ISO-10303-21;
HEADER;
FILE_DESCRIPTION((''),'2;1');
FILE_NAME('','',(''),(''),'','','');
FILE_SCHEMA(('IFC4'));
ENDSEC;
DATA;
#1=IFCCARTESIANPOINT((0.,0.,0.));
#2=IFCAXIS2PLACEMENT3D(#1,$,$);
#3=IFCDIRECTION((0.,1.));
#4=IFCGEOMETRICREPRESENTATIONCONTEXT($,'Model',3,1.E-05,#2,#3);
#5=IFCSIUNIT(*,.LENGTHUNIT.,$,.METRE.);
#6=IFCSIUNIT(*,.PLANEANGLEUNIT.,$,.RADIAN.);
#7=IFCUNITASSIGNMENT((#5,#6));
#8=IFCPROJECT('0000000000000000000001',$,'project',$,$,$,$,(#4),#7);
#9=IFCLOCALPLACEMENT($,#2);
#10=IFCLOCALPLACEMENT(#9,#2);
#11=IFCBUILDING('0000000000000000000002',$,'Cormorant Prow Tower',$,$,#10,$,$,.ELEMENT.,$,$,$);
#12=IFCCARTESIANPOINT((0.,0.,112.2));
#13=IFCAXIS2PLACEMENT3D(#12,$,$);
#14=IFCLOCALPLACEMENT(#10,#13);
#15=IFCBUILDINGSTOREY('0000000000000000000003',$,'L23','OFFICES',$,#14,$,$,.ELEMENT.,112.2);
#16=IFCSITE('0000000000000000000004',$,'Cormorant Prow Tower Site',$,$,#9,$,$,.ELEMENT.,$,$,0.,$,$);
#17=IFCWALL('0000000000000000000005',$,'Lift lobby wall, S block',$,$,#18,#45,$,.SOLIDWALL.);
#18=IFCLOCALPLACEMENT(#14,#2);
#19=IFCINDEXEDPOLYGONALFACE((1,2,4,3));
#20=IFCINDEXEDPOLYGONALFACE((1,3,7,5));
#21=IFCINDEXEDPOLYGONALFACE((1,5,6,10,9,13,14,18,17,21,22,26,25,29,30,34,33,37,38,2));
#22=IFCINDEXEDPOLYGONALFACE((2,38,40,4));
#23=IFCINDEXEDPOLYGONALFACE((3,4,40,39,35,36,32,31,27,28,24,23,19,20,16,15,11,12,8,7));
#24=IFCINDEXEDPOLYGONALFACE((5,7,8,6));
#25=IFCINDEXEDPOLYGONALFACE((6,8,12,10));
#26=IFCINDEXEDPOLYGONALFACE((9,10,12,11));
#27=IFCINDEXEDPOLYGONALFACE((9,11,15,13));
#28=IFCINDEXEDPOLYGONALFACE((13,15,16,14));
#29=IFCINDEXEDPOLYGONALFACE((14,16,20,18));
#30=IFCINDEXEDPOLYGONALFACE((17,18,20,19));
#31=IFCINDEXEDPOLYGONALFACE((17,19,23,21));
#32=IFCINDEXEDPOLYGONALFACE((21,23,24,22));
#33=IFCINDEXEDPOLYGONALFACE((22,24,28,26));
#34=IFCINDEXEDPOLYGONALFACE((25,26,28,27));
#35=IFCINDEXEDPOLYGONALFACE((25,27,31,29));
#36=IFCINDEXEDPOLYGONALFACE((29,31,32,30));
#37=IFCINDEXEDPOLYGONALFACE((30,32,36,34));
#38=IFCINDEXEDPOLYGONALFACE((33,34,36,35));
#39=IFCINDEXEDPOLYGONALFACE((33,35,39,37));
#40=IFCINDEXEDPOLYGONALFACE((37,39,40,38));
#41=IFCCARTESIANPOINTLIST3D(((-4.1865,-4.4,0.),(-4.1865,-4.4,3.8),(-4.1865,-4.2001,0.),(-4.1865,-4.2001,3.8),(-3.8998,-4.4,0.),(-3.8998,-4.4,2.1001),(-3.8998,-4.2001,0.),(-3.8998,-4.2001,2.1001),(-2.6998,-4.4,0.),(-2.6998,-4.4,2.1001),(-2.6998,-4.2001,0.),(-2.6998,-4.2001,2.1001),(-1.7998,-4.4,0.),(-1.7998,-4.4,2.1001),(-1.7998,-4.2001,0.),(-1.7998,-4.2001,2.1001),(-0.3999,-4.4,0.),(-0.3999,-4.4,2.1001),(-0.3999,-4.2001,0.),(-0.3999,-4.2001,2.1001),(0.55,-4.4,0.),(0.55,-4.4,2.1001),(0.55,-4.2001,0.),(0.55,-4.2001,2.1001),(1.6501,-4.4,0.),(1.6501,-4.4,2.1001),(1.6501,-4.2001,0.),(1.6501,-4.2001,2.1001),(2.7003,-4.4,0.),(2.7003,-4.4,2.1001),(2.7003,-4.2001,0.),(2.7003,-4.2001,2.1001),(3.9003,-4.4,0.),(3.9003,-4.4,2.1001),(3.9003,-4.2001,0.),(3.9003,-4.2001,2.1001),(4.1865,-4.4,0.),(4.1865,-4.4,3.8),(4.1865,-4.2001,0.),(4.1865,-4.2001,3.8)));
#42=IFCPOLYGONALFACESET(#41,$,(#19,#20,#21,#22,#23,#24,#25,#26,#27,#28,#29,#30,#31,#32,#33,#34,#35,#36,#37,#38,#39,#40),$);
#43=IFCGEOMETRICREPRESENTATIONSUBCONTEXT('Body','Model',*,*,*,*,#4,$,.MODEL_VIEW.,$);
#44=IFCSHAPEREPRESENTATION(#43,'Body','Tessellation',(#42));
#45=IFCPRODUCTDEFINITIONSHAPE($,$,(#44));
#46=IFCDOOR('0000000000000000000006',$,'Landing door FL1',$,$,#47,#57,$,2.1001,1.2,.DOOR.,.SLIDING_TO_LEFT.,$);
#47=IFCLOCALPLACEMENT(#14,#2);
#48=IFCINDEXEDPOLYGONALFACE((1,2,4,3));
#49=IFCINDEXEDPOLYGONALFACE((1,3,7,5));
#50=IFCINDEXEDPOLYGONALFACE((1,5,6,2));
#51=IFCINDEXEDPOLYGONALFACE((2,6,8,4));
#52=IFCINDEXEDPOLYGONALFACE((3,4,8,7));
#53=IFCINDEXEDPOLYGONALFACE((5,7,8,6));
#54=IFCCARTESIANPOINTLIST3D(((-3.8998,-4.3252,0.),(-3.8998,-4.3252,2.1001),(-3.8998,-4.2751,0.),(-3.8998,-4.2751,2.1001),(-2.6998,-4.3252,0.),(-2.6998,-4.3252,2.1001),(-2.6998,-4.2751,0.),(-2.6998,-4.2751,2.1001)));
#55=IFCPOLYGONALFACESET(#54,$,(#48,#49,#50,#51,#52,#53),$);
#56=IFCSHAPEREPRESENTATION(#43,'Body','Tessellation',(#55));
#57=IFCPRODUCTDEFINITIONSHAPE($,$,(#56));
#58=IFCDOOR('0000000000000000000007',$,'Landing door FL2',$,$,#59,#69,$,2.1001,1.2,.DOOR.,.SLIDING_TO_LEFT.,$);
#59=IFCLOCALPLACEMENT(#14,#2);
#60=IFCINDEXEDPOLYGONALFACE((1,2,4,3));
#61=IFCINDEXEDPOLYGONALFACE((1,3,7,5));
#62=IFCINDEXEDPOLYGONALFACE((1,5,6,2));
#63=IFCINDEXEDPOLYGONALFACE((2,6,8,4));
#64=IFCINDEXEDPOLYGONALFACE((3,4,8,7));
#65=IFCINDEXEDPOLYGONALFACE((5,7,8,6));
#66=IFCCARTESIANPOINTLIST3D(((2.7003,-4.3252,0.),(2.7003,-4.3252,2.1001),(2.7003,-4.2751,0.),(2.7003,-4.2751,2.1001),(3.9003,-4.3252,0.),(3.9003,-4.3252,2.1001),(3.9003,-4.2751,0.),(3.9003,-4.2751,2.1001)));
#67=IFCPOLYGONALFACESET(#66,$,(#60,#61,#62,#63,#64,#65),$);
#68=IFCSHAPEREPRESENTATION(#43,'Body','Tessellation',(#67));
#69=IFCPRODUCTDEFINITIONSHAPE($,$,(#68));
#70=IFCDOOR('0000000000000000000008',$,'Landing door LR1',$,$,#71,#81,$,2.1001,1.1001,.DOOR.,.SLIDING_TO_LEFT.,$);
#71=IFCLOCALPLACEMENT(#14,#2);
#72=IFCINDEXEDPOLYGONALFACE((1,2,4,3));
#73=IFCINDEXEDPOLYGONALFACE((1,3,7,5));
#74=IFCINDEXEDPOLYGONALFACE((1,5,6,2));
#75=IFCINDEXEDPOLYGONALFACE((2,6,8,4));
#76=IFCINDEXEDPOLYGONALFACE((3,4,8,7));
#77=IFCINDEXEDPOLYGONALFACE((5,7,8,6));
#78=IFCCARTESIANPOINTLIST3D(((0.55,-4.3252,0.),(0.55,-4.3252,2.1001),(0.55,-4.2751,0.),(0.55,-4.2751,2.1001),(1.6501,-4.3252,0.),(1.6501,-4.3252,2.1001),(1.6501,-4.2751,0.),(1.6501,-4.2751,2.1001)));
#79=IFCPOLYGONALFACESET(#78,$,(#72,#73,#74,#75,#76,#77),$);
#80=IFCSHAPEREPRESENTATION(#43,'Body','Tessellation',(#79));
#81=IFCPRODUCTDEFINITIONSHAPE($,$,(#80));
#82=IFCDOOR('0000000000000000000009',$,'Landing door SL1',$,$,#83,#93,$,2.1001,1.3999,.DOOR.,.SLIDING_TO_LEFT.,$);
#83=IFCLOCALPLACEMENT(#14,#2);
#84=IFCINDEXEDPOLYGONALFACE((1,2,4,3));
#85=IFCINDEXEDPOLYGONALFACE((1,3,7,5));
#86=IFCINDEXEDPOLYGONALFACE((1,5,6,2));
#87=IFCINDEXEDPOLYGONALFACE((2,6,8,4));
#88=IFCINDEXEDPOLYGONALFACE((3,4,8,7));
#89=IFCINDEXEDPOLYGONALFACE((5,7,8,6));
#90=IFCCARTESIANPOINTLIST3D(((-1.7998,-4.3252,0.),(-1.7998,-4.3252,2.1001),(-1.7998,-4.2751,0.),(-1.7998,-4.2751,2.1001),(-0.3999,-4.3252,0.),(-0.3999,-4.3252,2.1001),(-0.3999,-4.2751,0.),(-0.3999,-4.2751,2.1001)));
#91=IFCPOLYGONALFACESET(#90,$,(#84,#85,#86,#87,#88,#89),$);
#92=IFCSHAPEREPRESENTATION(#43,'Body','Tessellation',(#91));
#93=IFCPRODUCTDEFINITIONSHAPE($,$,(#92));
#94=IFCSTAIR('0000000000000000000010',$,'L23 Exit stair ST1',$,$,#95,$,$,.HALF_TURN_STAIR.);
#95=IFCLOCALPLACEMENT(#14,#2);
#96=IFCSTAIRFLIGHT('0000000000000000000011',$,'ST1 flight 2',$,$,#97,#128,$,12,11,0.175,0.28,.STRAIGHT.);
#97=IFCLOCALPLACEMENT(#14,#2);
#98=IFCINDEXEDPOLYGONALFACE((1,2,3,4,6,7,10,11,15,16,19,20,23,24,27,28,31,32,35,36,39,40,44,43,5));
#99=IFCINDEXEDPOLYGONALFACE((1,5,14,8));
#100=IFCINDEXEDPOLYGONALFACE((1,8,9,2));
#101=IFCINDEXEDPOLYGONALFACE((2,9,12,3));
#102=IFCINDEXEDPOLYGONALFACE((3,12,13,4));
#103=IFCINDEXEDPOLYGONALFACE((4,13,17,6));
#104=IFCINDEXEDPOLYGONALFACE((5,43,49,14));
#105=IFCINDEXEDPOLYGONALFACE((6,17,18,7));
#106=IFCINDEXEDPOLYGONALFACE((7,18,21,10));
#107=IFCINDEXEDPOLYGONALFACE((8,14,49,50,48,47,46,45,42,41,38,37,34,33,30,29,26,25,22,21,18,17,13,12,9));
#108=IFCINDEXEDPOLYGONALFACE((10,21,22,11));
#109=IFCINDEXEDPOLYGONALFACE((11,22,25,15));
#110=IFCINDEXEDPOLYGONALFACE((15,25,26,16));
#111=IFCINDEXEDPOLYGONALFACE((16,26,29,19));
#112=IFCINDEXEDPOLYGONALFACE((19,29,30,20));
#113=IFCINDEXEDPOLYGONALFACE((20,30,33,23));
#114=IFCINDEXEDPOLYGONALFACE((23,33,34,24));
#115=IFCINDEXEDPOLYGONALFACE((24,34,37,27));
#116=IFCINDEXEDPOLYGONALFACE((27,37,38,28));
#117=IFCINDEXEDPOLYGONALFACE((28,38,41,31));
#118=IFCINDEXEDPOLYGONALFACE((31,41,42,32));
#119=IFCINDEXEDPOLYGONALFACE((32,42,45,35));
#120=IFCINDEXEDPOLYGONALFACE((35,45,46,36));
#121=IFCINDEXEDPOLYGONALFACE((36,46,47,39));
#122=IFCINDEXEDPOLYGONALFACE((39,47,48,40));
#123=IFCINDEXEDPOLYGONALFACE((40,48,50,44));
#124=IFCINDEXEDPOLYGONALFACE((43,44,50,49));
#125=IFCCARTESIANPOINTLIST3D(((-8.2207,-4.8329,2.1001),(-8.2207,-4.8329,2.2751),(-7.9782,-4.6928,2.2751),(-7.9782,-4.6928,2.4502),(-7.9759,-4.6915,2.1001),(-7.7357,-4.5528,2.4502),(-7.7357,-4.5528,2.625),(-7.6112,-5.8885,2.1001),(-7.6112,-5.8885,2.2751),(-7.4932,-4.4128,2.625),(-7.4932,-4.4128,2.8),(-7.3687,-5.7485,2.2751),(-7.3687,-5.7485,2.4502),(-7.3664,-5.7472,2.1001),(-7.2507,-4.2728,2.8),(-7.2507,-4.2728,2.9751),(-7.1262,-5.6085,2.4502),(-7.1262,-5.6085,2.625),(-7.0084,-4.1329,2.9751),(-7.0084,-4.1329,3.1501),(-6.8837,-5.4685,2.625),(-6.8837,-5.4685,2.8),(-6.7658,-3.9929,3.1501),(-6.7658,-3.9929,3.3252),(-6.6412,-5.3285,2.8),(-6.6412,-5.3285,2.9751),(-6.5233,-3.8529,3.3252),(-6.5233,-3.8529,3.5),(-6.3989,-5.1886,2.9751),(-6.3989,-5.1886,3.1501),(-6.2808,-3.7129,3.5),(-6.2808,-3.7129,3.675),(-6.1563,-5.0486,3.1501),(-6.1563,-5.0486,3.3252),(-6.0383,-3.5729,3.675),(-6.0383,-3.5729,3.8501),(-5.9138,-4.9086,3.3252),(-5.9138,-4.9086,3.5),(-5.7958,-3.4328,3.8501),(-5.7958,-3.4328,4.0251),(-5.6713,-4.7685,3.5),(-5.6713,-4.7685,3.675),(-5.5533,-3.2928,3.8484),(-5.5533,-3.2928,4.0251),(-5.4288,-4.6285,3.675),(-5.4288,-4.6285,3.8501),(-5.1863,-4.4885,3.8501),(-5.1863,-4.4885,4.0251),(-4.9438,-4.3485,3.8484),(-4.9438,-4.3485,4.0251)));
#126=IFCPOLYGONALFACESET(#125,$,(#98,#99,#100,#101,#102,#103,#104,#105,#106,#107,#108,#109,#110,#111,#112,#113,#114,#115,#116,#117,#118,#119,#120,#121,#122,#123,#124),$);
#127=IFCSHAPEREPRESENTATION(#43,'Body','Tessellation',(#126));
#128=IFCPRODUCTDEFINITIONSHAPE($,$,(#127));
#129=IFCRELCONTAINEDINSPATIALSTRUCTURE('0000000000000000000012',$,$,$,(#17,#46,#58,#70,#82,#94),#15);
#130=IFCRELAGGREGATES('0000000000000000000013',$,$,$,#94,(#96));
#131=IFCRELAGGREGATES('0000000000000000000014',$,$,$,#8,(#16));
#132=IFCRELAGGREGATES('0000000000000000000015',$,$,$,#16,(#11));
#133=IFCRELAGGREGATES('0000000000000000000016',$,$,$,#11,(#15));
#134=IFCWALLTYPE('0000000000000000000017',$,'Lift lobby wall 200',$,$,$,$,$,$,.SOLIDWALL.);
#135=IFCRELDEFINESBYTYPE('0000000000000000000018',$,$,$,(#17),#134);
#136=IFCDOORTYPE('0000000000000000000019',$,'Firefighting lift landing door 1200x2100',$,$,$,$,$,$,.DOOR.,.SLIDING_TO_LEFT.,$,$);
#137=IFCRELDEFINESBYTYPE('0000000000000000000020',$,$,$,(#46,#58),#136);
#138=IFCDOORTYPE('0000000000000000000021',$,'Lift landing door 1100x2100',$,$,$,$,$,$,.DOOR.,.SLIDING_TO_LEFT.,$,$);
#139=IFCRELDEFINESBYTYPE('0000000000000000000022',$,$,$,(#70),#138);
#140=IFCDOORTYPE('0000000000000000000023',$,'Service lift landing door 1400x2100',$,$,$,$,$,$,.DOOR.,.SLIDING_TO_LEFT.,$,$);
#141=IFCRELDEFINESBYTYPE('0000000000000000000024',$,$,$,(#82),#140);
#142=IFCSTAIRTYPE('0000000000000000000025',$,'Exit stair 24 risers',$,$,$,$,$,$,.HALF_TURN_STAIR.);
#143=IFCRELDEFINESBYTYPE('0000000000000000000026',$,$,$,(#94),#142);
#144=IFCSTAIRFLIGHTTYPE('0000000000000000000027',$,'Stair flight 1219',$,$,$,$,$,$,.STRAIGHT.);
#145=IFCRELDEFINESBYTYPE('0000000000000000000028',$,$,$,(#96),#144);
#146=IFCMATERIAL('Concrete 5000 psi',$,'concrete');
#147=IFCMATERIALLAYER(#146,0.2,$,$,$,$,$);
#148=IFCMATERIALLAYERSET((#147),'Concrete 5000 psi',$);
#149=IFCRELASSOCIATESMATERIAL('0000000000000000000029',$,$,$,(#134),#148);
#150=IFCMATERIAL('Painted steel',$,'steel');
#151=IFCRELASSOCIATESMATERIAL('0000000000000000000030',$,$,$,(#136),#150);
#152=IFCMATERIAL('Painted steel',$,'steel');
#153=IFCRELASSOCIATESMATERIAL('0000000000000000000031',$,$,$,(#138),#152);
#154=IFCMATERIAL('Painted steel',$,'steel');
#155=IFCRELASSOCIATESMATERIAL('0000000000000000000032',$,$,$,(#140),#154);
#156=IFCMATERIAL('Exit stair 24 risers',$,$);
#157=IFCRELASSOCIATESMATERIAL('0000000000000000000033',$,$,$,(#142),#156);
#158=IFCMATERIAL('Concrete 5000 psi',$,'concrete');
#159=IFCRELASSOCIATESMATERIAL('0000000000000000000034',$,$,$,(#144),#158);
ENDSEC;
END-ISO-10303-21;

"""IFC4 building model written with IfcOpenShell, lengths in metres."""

from ifc_helpers import new_model, si_unit, direction, frame, frame_2d, origin, place, context, subcontext, project, spatial, polyline, rectangle, outline, extrude, material, layer, layer_set, type_object, element, fill, aggregate, save


model = new_model("IFC4")

# Units and contexts
model_context = context("Model", 3, precision=1e-05, world=origin(), true_north=direction((0.0, 1.0)))
body_context = subcontext(model_context, "Body", "Model", "MODEL_VIEW")
ifc_project = project(units=[si_unit("LENGTHUNIT", "METRE"), si_unit("PLANEANGLEUNIT", "RADIAN")], contexts=[model_context])

# Site, building, storey
site_placement = place(None, origin())
site = spatial("IfcSite", under=ifc_project, at=site_placement, Name="Cormorant Prow Tower Site", CompositionType="ELEMENT", RefElevation=0.0)
building_placement = place(site_placement, origin())
building = spatial("IfcBuilding", under=site, at=building_placement, Name="Cormorant Prow Tower", CompositionType="ELEMENT")
storey_placement = place(building_placement, frame((0.0, 0.0, 112.2)))
storey = spatial("IfcBuildingStorey", under=building, at=storey_placement, Name="L23", Description="OFFICES", CompositionType="ELEMENT", Elevation=112.2)

# Wall, openings, doors
ifc_material_1 = material(Name="Concrete 5000 psi", Category="concrete")
ifc_layer_1 = layer(ifc_material_1, 0.2)
ifc_layer_set_1 = layer_set([ifc_layer_1], Name="Concrete 5000 psi")
wall_type_1 = type_object("IfcWallType", Name="Lift lobby wall 200", PredefinedType="SOLIDWALL", material=ifc_layer_set_1)
wall_1_placement = place(storey_placement, frame((-4.1865, -4.3, 0.0), z_axis=(0.0, 0.0, 1.0), x_axis=(1.0, 0.0, 0.0)))
wall_1 = element("IfcWall", 1, at=wall_1_placement, inside=storey, type_object=wall_type_1, Name="Lift lobby wall, S block", PredefinedType="SOLIDWALL", context=body_context, shape_type="SweptSolid", body=[
    extrude(rectangle(XDim=8.373, YDim=0.2, at=frame_2d((4.1865, 0.0))), origin(), (0.0, 0.0, 1.0), 3.8),
])
opening_1_placement = place(wall_1_placement, frame((0.2866, 0.0, 0.0)))
opening_1 = element("IfcOpeningElement", 2, at=opening_1_placement, cuts=wall_1, PredefinedType="OPENING", context=body_context, shape_type="SweptSolid", body=[
    extrude(rectangle(XDim=1.2, YDim=2.1001, at=frame_2d((0.6001, 1.05))), frame((0.0, 0.1099, 0.0), z_axis=(0.0, -1.0, 0.0), x_axis=(1.0, 0.0, 0.0)), (0.0, 0.0, 1.0), 0.22),
])
opening_2_placement = place(wall_1_placement, frame((2.3867, 0.0, 0.0)))
opening_2 = element("IfcOpeningElement", 3, at=opening_2_placement, cuts=wall_1, PredefinedType="OPENING", context=body_context, shape_type="SweptSolid", body=[
    extrude(rectangle(XDim=1.3999, YDim=2.1001, at=frame_2d((0.7, 1.05))), frame((0.0, 0.1099, 0.0), z_axis=(0.0, -1.0, 0.0), x_axis=(1.0, 0.0, 0.0)), (0.0, 0.0, 1.0), 0.22),
])
opening_3_placement = place(wall_1_placement, frame((4.7366, 0.0, 0.0)))
opening_3 = element("IfcOpeningElement", 4, at=opening_3_placement, cuts=wall_1, PredefinedType="OPENING", context=body_context, shape_type="SweptSolid", body=[
    extrude(rectangle(XDim=1.1001, YDim=2.1001, at=frame_2d((0.55, 1.05))), frame((0.0, 0.1099, 0.0), z_axis=(0.0, -1.0, 0.0), x_axis=(1.0, 0.0, 0.0)), (0.0, 0.0, 1.0), 0.22),
])
opening_4_placement = place(wall_1_placement, frame((6.8867, 0.0, 0.0)))
opening_4 = element("IfcOpeningElement", 5, at=opening_4_placement, cuts=wall_1, PredefinedType="OPENING", context=body_context, shape_type="SweptSolid", body=[
    extrude(rectangle(XDim=1.2, YDim=2.1001, at=frame_2d((0.6001, 1.05))), frame((0.0, 0.1099, 0.0), z_axis=(0.0, -1.0, 0.0), x_axis=(1.0, 0.0, 0.0)), (0.0, 0.0, 1.0), 0.22),
])
ifc_material_2 = material(Name="Painted steel", Category="steel")
door_type_1 = type_object("IfcDoorType", Name="Firefighting lift landing door 1200x2100", OperationType="SLIDING_TO_LEFT", PredefinedType="DOOR", material=ifc_material_2)
door_1_placement = place(opening_1_placement, origin())
door_1 = element("IfcDoor", 6, at=door_1_placement, inside=storey, type_object=door_type_1, Name="Landing door FL1", OperationType="SLIDING_TO_LEFT", OverallHeight=2.1001, OverallWidth=1.2, PredefinedType="DOOR", context=body_context, shape_type="SweptSolid", body=[
    extrude(rectangle(XDim=1.2, YDim=2.1001, at=frame_2d((0.6001, 1.05))), frame((0.0, 0.0249, 0.0), z_axis=(0.0, -1.0, 0.0), x_axis=(1.0, 0.0, 0.0)), (0.0, 0.0, 1.0), 0.05),
])
fill(opening_1, door_1)
door_2_placement = place(opening_4_placement, origin())
door_2 = element("IfcDoor", 7, at=door_2_placement, inside=storey, type_object=door_type_1, Name="Landing door FL2", OperationType="SLIDING_TO_LEFT", OverallHeight=2.1001, OverallWidth=1.2, PredefinedType="DOOR", context=body_context, shape_type="SweptSolid", body=[
    extrude(rectangle(XDim=1.2, YDim=2.1001, at=frame_2d((0.6001, 1.05))), frame((0.0, 0.0249, 0.0), z_axis=(0.0, -1.0, 0.0), x_axis=(1.0, 0.0, 0.0)), (0.0, 0.0, 1.0), 0.05),
])
fill(opening_4, door_2)
ifc_material_3 = material(Name="Painted steel", Category="steel")
door_type_2 = type_object("IfcDoorType", Name="Lift landing door 1100x2100", OperationType="SLIDING_TO_LEFT", PredefinedType="DOOR", material=ifc_material_3)
door_3_placement = place(opening_3_placement, origin())
door_3 = element("IfcDoor", 8, at=door_3_placement, inside=storey, type_object=door_type_2, Name="Landing door LR1", OperationType="SLIDING_TO_LEFT", OverallHeight=2.1001, OverallWidth=1.1001, PredefinedType="DOOR", context=body_context, shape_type="SweptSolid", body=[
    extrude(rectangle(XDim=1.1001, YDim=2.1001, at=frame_2d((0.55, 1.05))), frame((0.0, 0.0249, 0.0), z_axis=(0.0, -1.0, 0.0), x_axis=(1.0, 0.0, 0.0)), (0.0, 0.0, 1.0), 0.05),
])
fill(opening_3, door_3)
ifc_material_4 = material(Name="Painted steel", Category="steel")
door_type_3 = type_object("IfcDoorType", Name="Service lift landing door 1400x2100", OperationType="SLIDING_TO_LEFT", PredefinedType="DOOR", material=ifc_material_4)
door_4_placement = place(opening_2_placement, origin())
door_4 = element("IfcDoor", 9, at=door_4_placement, inside=storey, type_object=door_type_3, Name="Landing door SL1", OperationType="SLIDING_TO_LEFT", OverallHeight=2.1001, OverallWidth=1.3999, PredefinedType="DOOR", context=body_context, shape_type="SweptSolid", body=[
    extrude(rectangle(XDim=1.3999, YDim=2.1001, at=frame_2d((0.7, 1.05))), frame((0.0, 0.0249, 0.0), z_axis=(0.0, -1.0, 0.0), x_axis=(1.0, 0.0, 0.0)), (0.0, 0.0, 1.0), 0.05),
])
fill(opening_2, door_4)

# Stair, stair flight
ifc_material_5 = material(Name="Exit stair 24 risers")
stair_type = type_object("IfcStairType", Name="Exit stair 24 risers", PredefinedType="HALF_TURN_STAIR", material=ifc_material_5)
stair_placement = place(storey_placement, origin())
stair = element("IfcStair", 10, at=stair_placement, inside=storey, type_object=stair_type, Name="L23 Exit stair ST1", PredefinedType="HALF_TURN_STAIR")
ifc_material_6 = material(Name="Concrete 5000 psi", Category="concrete")
stair_flight_type = type_object("IfcStairFlightType", Name="Stair flight 1219", PredefinedType="STRAIGHT", material=ifc_material_6)
stair_flight_placement = place(storey_placement, frame((-7.916, -5.3606, 2.1001), z_axis=(0.0, 0.0, 1.0), x_axis=(0.866025, 0.5, 0.0)))
stair_flight = element("IfcStairFlight", 11, at=stair_flight_placement, type_object=stair_flight_type, Name="ST1 flight 2", NumberOfRisers=12, NumberOfTreads=11, PredefinedType="STRAIGHT", RiserHeight=0.175, TreadLength=0.28, context=body_context, shape_type="SweptSolid", body=[
    extrude(outline(polyline([(0.0, 0.0), (0.0, 0.175), (0.28, 0.175), (0.28, 0.3501), (0.5601, 0.3501), (0.5601, 0.5249), (0.8401, 0.5249), (0.8401, 0.7), (1.1201, 0.7), (1.1201, 0.875), (1.3999, 0.875), (1.3999, 1.05), (1.6799, 1.05), (1.6799, 1.2251), (1.96, 1.2251), (1.96, 1.3999), (2.24, 1.3999), (2.24, 1.575), (2.52, 1.575), (2.52, 1.75), (2.8, 1.75), (2.8, 1.925), (3.0801, 1.925), (3.0801, 2.1001), (3.0801, 1.7483), (0.2827, 0.0), (0.0, 0.0)])), frame((0.0, 0.6094, 0.0), z_axis=(0.0, -1.0, 0.0), x_axis=(1.0, 0.0, 0.0)), (0.0, 0.0, 1.0), 1.219),
])
aggregate(stair, [stair_flight])

save(model, "model.ifc")
